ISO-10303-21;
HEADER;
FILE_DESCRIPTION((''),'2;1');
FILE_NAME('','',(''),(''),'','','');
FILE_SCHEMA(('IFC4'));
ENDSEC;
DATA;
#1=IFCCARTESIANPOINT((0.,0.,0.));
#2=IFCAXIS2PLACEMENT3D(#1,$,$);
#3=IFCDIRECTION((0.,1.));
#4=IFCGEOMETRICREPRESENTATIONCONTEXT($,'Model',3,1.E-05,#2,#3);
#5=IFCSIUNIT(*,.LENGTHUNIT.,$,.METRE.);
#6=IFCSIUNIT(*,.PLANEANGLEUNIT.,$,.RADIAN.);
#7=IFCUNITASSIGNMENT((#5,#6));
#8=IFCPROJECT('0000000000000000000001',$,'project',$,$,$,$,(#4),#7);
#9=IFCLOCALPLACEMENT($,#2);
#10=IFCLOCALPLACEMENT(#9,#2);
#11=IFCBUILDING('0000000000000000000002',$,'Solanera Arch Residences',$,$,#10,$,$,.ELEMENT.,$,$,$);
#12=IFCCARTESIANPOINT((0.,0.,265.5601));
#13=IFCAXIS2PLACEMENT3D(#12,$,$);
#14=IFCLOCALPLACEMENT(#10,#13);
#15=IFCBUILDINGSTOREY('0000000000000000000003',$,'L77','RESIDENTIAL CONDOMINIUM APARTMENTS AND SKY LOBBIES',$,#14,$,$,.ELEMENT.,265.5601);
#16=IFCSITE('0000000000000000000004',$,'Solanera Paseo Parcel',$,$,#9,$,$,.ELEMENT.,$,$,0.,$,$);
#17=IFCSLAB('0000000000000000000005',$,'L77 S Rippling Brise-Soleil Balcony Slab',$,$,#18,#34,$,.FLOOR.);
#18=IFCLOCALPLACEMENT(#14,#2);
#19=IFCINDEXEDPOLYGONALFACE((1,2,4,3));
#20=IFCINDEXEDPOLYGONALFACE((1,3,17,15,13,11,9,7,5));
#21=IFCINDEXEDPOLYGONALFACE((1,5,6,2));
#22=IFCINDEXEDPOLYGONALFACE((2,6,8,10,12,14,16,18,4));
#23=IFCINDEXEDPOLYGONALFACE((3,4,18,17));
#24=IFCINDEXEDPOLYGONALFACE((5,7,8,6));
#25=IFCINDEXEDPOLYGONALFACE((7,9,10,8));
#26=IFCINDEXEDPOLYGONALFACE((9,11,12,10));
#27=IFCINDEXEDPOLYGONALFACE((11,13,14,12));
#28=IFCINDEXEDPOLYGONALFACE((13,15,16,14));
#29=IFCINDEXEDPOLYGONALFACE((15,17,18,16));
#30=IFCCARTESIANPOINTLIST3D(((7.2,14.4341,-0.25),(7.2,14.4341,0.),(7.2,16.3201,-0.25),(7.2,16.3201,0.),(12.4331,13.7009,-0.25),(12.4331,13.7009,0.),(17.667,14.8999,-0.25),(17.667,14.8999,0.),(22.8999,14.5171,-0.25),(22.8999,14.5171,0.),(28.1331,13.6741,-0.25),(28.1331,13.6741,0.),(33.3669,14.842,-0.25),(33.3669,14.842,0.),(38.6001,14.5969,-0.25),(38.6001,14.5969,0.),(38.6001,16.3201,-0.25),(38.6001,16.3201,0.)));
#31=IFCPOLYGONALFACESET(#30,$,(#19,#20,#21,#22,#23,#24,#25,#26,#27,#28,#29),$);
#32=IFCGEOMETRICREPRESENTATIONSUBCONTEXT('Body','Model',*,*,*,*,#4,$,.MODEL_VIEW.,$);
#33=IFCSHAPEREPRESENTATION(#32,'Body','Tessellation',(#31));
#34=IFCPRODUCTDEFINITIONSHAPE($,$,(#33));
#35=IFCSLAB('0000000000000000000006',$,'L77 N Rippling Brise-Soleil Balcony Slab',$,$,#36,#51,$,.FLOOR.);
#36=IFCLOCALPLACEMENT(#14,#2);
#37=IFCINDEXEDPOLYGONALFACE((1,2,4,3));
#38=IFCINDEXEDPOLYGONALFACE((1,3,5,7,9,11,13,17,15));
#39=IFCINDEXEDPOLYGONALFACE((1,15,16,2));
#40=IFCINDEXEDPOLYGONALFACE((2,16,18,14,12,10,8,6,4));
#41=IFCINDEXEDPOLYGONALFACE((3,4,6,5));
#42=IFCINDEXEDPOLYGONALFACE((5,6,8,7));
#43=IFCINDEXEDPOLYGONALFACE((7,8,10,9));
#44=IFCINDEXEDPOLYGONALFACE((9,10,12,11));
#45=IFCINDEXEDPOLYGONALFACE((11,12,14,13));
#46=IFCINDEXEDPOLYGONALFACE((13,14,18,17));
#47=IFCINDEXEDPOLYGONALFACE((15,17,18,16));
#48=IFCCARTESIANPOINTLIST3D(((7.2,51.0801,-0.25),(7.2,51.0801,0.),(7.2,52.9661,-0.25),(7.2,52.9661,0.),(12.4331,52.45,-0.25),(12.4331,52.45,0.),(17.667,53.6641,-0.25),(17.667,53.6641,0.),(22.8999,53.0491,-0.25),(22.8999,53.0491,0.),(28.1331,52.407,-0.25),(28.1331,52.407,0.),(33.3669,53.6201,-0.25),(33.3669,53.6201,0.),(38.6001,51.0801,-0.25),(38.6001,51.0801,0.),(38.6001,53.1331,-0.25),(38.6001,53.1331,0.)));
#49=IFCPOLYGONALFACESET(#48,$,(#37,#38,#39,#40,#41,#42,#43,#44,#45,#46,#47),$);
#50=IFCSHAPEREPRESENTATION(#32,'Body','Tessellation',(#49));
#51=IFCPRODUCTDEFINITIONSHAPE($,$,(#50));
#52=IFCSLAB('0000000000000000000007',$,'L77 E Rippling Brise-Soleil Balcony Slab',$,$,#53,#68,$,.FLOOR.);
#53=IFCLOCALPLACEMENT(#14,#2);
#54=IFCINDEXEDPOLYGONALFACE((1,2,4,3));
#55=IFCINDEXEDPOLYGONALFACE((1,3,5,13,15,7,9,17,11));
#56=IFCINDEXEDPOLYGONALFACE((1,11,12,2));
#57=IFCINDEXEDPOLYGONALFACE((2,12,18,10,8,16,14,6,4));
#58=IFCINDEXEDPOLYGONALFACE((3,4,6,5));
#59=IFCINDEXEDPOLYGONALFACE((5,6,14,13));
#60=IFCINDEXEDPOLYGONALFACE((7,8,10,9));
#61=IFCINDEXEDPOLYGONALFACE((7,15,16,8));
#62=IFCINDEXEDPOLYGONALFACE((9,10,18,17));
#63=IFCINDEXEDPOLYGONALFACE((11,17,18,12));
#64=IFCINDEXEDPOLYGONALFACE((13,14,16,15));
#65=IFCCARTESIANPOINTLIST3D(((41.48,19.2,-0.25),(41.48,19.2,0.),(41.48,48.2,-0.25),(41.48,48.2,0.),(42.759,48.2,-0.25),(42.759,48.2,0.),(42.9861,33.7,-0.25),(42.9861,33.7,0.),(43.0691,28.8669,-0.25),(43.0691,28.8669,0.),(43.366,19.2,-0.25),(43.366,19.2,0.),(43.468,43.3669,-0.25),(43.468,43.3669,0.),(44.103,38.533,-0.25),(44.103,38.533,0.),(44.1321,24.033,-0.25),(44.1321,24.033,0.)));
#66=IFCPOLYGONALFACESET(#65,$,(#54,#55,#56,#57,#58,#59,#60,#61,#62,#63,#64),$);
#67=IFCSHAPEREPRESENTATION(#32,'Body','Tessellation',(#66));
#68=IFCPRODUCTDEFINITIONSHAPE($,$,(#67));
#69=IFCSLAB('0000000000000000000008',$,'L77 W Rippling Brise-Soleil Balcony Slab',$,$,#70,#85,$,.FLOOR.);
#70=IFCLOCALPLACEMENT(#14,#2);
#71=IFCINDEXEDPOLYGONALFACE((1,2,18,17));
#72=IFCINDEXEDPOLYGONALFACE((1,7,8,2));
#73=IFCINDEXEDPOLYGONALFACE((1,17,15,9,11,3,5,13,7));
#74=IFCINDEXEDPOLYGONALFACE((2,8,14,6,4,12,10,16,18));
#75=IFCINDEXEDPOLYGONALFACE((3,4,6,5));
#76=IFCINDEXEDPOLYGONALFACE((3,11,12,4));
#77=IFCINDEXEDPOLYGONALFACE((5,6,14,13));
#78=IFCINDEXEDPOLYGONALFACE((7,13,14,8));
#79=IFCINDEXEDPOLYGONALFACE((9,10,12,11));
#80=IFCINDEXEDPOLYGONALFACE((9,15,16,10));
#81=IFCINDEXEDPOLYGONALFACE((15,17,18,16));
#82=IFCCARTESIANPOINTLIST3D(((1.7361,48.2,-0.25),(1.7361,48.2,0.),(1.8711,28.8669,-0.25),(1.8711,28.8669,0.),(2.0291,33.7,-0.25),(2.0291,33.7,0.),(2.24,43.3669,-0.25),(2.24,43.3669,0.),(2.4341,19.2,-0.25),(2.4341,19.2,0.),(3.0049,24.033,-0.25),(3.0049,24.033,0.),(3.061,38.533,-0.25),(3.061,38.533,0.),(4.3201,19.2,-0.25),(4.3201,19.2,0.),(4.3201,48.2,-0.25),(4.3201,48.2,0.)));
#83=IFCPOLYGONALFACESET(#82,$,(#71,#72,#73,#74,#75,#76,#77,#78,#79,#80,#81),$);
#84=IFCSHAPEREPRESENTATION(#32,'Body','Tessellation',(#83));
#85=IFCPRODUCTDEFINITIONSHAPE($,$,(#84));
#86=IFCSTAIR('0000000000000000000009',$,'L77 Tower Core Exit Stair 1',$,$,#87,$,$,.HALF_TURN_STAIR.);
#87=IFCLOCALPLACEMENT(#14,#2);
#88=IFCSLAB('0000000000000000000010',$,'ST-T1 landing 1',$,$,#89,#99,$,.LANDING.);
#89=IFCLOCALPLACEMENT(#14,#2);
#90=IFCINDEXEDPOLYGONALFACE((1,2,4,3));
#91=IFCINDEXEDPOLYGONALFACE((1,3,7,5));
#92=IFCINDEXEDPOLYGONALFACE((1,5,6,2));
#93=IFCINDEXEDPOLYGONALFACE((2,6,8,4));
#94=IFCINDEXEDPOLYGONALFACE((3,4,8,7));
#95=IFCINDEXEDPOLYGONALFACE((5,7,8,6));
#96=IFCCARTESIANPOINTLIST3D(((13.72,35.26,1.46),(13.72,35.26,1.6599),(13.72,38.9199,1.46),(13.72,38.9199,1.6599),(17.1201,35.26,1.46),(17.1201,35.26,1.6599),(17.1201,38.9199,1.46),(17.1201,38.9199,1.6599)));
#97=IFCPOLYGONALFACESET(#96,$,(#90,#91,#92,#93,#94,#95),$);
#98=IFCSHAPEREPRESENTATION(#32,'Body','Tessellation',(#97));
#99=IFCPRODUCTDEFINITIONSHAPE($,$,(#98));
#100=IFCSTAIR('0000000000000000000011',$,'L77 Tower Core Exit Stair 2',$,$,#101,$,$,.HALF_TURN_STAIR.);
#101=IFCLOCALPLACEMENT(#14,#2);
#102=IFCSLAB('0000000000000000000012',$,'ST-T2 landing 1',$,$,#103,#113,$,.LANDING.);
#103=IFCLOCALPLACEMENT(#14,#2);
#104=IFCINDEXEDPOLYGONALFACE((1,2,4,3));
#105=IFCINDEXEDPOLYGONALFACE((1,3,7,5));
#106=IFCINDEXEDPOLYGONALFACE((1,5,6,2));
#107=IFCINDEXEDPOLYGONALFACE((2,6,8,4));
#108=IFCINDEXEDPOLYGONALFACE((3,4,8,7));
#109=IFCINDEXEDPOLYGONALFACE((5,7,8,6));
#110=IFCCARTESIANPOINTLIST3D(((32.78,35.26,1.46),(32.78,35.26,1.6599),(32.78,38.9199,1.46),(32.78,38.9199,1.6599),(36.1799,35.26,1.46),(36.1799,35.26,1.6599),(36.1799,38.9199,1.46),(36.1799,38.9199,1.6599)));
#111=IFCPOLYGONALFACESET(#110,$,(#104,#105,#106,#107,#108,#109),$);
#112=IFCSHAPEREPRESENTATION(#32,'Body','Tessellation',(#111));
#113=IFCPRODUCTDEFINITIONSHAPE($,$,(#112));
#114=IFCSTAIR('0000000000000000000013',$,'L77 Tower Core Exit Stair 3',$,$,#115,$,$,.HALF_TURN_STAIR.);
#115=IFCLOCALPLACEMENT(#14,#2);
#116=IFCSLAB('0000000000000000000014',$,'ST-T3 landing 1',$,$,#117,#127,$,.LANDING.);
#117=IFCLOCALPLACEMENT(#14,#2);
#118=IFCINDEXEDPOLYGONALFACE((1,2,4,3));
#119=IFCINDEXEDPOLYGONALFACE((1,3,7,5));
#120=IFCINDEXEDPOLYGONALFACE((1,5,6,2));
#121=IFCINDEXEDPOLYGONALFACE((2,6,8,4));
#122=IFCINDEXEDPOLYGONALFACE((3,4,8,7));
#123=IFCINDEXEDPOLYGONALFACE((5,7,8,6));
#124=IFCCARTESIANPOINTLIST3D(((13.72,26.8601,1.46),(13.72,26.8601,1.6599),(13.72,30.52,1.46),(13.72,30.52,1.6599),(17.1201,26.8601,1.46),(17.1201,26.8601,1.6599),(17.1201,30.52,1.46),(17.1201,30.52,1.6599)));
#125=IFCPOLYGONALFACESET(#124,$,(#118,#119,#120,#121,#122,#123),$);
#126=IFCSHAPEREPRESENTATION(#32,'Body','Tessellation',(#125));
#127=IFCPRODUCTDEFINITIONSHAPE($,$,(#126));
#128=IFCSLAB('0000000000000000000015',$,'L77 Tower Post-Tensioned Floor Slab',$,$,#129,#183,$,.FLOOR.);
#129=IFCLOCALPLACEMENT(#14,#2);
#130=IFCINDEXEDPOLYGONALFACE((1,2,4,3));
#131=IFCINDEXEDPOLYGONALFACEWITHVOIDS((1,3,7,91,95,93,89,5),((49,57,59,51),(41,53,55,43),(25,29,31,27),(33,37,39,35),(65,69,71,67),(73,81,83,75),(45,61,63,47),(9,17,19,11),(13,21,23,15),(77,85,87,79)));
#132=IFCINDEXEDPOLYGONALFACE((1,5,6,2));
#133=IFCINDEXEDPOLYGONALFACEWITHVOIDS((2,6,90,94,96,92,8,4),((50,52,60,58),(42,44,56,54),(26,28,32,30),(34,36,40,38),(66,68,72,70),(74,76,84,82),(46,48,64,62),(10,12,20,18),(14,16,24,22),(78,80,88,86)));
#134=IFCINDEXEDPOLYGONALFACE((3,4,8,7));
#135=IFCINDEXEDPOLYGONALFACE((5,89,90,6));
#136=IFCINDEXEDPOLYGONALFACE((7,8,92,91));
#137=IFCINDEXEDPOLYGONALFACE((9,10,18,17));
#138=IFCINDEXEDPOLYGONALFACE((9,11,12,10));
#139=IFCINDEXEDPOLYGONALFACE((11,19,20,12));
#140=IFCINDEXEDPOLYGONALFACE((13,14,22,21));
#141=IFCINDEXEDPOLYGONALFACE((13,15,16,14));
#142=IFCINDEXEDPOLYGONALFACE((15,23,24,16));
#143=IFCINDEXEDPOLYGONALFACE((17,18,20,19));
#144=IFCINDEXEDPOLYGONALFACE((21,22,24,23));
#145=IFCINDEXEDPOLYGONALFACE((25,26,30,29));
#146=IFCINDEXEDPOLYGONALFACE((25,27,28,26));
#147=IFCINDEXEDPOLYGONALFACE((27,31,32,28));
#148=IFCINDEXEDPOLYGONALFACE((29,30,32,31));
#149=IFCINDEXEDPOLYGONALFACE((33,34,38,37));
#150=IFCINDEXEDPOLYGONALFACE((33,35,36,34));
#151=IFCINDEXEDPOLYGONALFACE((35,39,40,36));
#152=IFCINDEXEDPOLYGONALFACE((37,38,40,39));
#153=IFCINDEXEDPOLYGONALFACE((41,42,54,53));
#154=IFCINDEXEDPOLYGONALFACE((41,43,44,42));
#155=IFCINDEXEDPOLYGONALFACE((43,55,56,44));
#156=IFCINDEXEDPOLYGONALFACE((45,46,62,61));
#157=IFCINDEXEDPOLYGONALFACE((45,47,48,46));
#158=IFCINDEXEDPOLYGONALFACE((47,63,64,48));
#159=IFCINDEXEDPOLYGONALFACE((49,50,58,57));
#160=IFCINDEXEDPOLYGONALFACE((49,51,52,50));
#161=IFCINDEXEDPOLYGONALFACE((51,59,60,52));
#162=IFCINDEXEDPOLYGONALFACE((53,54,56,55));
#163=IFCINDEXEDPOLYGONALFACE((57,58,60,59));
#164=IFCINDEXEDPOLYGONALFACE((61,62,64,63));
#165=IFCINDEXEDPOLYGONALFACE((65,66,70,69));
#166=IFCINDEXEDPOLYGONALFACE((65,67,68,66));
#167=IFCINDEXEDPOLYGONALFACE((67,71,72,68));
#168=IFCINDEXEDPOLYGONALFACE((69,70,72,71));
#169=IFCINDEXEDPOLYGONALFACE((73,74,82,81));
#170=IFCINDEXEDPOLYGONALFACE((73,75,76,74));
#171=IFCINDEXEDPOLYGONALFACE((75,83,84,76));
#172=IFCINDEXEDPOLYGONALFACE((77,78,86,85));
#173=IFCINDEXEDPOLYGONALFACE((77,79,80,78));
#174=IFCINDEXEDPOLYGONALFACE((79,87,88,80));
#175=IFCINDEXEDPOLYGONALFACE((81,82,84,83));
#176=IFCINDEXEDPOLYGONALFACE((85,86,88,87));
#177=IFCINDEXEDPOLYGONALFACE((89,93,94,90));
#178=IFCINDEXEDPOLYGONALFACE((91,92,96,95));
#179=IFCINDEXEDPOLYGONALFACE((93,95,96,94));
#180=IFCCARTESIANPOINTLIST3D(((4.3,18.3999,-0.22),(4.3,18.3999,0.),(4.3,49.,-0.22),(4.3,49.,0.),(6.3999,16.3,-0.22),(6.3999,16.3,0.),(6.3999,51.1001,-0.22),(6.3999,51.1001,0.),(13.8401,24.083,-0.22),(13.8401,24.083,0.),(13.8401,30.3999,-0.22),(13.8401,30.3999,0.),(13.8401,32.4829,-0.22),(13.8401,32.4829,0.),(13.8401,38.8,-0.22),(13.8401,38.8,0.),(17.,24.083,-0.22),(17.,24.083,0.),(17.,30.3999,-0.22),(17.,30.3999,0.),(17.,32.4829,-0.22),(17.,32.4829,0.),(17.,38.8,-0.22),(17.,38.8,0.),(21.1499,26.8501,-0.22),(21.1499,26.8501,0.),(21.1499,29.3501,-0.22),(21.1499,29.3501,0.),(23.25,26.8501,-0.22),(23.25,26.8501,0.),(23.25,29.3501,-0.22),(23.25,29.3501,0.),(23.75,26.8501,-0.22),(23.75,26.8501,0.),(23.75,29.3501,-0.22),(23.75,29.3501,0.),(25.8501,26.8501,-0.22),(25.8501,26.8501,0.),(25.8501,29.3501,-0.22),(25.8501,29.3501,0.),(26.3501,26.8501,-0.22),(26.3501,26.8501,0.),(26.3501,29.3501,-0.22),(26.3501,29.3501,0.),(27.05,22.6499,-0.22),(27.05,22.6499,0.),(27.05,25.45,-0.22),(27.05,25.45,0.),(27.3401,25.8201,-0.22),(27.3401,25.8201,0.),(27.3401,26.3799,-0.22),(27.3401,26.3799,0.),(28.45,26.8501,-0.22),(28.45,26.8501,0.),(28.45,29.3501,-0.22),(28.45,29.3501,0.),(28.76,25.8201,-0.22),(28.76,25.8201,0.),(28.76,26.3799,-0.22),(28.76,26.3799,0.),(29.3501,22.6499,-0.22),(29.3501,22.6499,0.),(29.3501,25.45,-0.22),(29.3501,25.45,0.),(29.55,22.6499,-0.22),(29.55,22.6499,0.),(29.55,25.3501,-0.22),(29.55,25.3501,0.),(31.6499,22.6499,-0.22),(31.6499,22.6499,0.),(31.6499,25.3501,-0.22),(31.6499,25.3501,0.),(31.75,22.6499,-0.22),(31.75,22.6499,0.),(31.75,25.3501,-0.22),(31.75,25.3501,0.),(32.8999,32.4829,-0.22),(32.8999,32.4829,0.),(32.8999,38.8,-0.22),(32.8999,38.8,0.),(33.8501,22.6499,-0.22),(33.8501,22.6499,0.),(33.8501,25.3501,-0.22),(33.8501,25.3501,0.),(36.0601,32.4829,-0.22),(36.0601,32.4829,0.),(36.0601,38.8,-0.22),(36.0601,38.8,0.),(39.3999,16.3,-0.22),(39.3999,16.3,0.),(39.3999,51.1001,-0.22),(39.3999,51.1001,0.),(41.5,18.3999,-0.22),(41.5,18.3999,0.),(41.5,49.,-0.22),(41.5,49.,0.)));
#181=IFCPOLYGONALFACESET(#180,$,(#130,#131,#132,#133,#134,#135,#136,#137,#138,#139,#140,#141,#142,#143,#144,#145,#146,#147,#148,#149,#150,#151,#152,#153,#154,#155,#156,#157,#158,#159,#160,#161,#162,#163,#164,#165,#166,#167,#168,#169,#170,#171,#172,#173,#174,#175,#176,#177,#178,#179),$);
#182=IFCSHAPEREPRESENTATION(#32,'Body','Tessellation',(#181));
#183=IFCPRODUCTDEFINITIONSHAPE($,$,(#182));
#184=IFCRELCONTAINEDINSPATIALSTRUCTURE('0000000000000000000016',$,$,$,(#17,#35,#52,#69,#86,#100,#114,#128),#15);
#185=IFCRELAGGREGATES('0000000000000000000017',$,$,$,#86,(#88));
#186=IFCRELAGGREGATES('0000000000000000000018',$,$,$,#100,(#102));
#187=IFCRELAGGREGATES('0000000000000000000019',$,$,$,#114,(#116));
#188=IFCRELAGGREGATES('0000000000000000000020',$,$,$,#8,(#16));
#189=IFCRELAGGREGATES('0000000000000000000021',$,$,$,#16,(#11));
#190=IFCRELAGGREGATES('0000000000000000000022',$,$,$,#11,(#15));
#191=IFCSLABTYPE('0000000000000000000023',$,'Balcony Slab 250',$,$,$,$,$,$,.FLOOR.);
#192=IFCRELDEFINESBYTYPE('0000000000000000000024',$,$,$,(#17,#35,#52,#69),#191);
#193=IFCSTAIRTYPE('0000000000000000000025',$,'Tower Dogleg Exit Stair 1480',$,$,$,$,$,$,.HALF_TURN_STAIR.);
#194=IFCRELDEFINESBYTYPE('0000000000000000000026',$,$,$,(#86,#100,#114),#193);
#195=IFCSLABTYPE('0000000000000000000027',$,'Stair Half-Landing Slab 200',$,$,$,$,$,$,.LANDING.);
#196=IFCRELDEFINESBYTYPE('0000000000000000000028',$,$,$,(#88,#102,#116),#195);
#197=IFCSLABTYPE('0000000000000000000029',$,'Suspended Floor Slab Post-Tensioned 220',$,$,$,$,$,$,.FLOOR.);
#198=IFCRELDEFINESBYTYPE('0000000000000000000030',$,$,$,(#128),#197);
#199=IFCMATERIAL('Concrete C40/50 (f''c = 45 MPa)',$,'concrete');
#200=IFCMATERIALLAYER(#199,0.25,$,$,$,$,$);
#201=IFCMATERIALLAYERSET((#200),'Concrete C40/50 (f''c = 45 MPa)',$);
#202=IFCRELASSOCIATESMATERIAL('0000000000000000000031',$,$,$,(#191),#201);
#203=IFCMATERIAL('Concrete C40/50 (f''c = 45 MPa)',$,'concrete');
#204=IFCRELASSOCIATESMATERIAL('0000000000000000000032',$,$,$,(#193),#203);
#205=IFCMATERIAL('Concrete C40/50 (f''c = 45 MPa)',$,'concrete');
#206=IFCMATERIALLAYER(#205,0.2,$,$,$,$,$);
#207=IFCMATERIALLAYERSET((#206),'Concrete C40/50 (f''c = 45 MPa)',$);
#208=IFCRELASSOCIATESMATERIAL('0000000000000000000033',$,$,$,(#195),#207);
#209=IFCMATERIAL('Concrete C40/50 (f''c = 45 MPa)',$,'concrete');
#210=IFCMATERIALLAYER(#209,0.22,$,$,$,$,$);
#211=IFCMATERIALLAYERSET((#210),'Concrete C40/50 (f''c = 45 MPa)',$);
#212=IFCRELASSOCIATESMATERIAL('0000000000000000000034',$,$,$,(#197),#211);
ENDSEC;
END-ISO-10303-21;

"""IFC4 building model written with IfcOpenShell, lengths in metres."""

from ifc_helpers import new_model, si_unit, direction, frame, origin, place, context, subcontext, project, spatial, polyline, outline, extrude, material, layer, layer_set, type_object, element, aggregate, save


model = new_model("IFC4")

# Units and contexts
model_context = context("Model", 3, precision=1e-05, world=origin(), true_north=direction((0.0, 1.0)))
body_context = subcontext(model_context, "Body", "Model", "MODEL_VIEW")
ifc_project = project(units=[si_unit("LENGTHUNIT", "METRE"), si_unit("PLANEANGLEUNIT", "RADIAN")], contexts=[model_context])

# Site, building, storey
site_placement = place(None, origin())
site = spatial("IfcSite", under=ifc_project, at=site_placement, Name="Solanera Paseo Parcel", CompositionType="ELEMENT", RefElevation=0.0)
building_placement = place(site_placement, origin())
building = spatial("IfcBuilding", under=site, at=building_placement, Name="Solanera Arch Residences", CompositionType="ELEMENT")
storey_placement = place(building_placement, frame((0.0, 0.0, 265.5601)))
storey = spatial("IfcBuildingStorey", under=building, at=storey_placement, Name="L77", Description="RESIDENTIAL CONDOMINIUM APARTMENTS AND SKY LOBBIES", CompositionType="ELEMENT", Elevation=265.5601)

# Slabs
ifc_material_1 = material(Name="Concrete C40/50 (f'c = 45 MPa)", Category="concrete")
ifc_layer_1 = layer(ifc_material_1, 0.25)
ifc_layer_set_1 = layer_set([ifc_layer_1], Name="Concrete C40/50 (f'c = 45 MPa)")
slab_type_1 = type_object("IfcSlabType", Name="Balcony Slab 250", PredefinedType="FLOOR", material=ifc_layer_set_1)
slab_1_placement = place(storey_placement, frame((0.0, 0.0, -0.25)))
element("IfcSlab", 1, at=slab_1_placement, inside=storey, type_object=slab_type_1, Name="L77 S Rippling Brise-Soleil Balcony Slab", PredefinedType="FLOOR", context=body_context, shape_type="SweptSolid", body=[
    extrude(outline(polyline([(7.2, 14.4341), (12.4331, 13.7009), (17.667, 14.8999), (22.8999, 14.5171), (28.1331, 13.6741), (33.3669, 14.842), (38.6001, 14.5969), (38.6001, 16.3201), (7.2, 16.3201), (7.2, 14.4341)])), origin(), (0.0, 0.0, 1.0), 0.25),
])
slab_2_placement = place(storey_placement, frame((0.0, 0.0, -0.25)))
element("IfcSlab", 2, at=slab_2_placement, inside=storey, type_object=slab_type_1, Name="L77 N Rippling Brise-Soleil Balcony Slab", PredefinedType="FLOOR", context=body_context, shape_type="SweptSolid", body=[
    extrude(outline(polyline([(38.6001, 53.1331), (33.3669, 53.6201), (28.1331, 52.407), (22.8999, 53.0491), (17.667, 53.6641), (12.4331, 52.45), (7.2, 52.9661), (7.2, 51.0801), (38.6001, 51.0801), (38.6001, 53.1331)])), origin(), (0.0, 0.0, 1.0), 0.25),
])
slab_3_placement = place(storey_placement, frame((0.0, 0.0, -0.25)))
element("IfcSlab", 3, at=slab_3_placement, inside=storey, type_object=slab_type_1, Name="L77 E Rippling Brise-Soleil Balcony Slab", PredefinedType="FLOOR", context=body_context, shape_type="SweptSolid", body=[
    extrude(outline(polyline([(43.366, 19.2), (44.1321, 24.033), (43.0691, 28.8669), (42.9861, 33.7), (44.103, 38.533), (43.468, 43.3669), (42.759, 48.2), (41.48, 48.2), (41.48, 19.2), (43.366, 19.2)])), origin(), (0.0, 0.0, 1.0), 0.25),
])
slab_4_placement = place(storey_placement, frame((0.0, 0.0, -0.25)))
element("IfcSlab", 4, at=slab_4_placement, inside=storey, type_object=slab_type_1, Name="L77 W Rippling Brise-Soleil Balcony Slab", PredefinedType="FLOOR", context=body_context, shape_type="SweptSolid", body=[
    extrude(outline(polyline([(1.7361, 48.2), (2.24, 43.3669), (3.061, 38.533), (2.0291, 33.7), (1.8711, 28.8669), (3.0049, 24.033), (2.4341, 19.2), (4.3201, 19.2), (4.3201, 48.2), (1.7361, 48.2)])), origin(), (0.0, 0.0, 1.0), 0.25),
])

# Stairs, slabs
ifc_material_2 = material(Name="Concrete C40/50 (f'c = 45 MPa)", Category="concrete")
stair_type = type_object("IfcStairType", Name="Tower Dogleg Exit Stair 1480", PredefinedType="HALF_TURN_STAIR", material=ifc_material_2)
stair_1_placement = place(storey_placement, origin())
stair_1 = element("IfcStair", 5, at=stair_1_placement, inside=storey, type_object=stair_type, Name="L77 Tower Core Exit Stair 1", PredefinedType="HALF_TURN_STAIR")
ifc_material_3 = material(Name="Concrete C40/50 (f'c = 45 MPa)", Category="concrete")
ifc_layer_2 = layer(ifc_material_3, 0.2)
ifc_layer_set_2 = layer_set([ifc_layer_2], Name="Concrete C40/50 (f'c = 45 MPa)")
slab_type_2 = type_object("IfcSlabType", Name="Stair Half-Landing Slab 200", PredefinedType="LANDING", material=ifc_layer_set_2)
slab_5_placement = place(storey_placement, frame((0.0, 0.0, 1.46)))
slab_5 = element("IfcSlab", 6, at=slab_5_placement, type_object=slab_type_2, Name="ST-T1 landing 1", PredefinedType="LANDING", context=body_context, shape_type="SweptSolid", body=[
    extrude(outline(polyline([(17.1201, 35.26), (17.1201, 38.9199), (13.72, 38.9199), (13.72, 35.26), (17.1201, 35.26)])), origin(), (0.0, 0.0, 1.0), 0.2),
])
aggregate(stair_1, [slab_5])
stair_2_placement = place(storey_placement, origin())
stair_2 = element("IfcStair", 7, at=stair_2_placement, inside=storey, type_object=stair_type, Name="L77 Tower Core Exit Stair 2", PredefinedType="HALF_TURN_STAIR")
slab_6_placement = place(storey_placement, frame((0.0, 0.0, 1.46)))
slab_6 = element("IfcSlab", 8, at=slab_6_placement, type_object=slab_type_2, Name="ST-T2 landing 1", PredefinedType="LANDING", context=body_context, shape_type="SweptSolid", body=[
    extrude(outline(polyline([(36.1799, 35.26), (36.1799, 38.9199), (32.78, 38.9199), (32.78, 35.26), (36.1799, 35.26)])), origin(), (0.0, 0.0, 1.0), 0.2),
])
aggregate(stair_2, [slab_6])
stair_3_placement = place(storey_placement, origin())
stair_3 = element("IfcStair", 9, at=stair_3_placement, inside=storey, type_object=stair_type, Name="L77 Tower Core Exit Stair 3", PredefinedType="HALF_TURN_STAIR")
slab_7_placement = place(storey_placement, frame((0.0, 0.0, 1.46)))
slab_7 = element("IfcSlab", 10, at=slab_7_placement, type_object=slab_type_2, Name="ST-T3 landing 1", PredefinedType="LANDING", context=body_context, shape_type="SweptSolid", body=[
    extrude(outline(polyline([(17.1201, 26.8601), (17.1201, 30.52), (13.72, 30.52), (13.72, 26.8601), (17.1201, 26.8601)])), origin(), (0.0, 0.0, 1.0), 0.2),
])
aggregate(stair_3, [slab_7])

# Slab
ifc_material_4 = material(Name="Concrete C40/50 (f'c = 45 MPa)", Category="concrete")
ifc_layer_3 = layer(ifc_material_4, 0.22)
ifc_layer_set_3 = layer_set([ifc_layer_3], Name="Concrete C40/50 (f'c = 45 MPa)")
slab_type_3 = type_object("IfcSlabType", Name="Suspended Floor Slab Post-Tensioned 220", PredefinedType="FLOOR", material=ifc_layer_set_3)
slab_8_placement = place(storey_placement, frame((0.0, 0.0, -0.22)))
element("IfcSlab", 11, at=slab_8_placement, inside=storey, type_object=slab_type_3, Name="L77 Tower Post-Tensioned Floor Slab", PredefinedType="FLOOR", context=body_context, shape_type="SweptSolid", body=[
    extrude(outline(polyline([(6.3999, 16.3), (39.3999, 16.3), (41.5, 18.3999), (41.5, 49.0), (39.3999, 51.1001), (6.3999, 51.1001), (4.3, 49.0), (4.3, 18.3999), (6.3999, 16.3)]), holes=[polyline([(13.8401, 32.4829), (13.8401, 38.8), (17.0, 38.8), (17.0, 32.4829), (13.8401, 32.4829)]), polyline([(32.8999, 32.4829), (32.8999, 38.8), (36.0601, 38.8), (36.0601, 32.4829), (32.8999, 32.4829)]), polyline([(13.8401, 24.083), (13.8401, 30.3999), (17.0, 30.3999), (17.0, 24.083), (13.8401, 24.083)]), polyline([(21.1499, 29.3501), (23.25, 29.3501), (23.25, 26.8501), (21.1499, 26.8501), (21.1499, 29.3501)]), polyline([(23.75, 29.3501), (25.8501, 29.3501), (25.8501, 26.8501), (23.75, 26.8501), (23.75, 29.3501)]), polyline([(26.3501, 29.3501), (28.45, 29.3501), (28.45, 26.8501), (26.3501, 26.8501), (26.3501, 29.3501)]), polyline([(29.55, 25.3501), (31.6499, 25.3501), (31.6499, 22.6499), (29.55, 22.6499), (29.55, 25.3501)]), polyline([(31.75, 25.3501), (33.8501, 25.3501), (33.8501, 22.6499), (31.75, 22.6499), (31.75, 25.3501)]), polyline([(27.05, 25.45), (29.3501, 25.45), (29.3501, 22.6499), (27.05, 22.6499), (27.05, 25.45)]), polyline([(27.3401, 26.3799), (28.76, 26.3799), (28.76, 25.8201), (27.3401, 25.8201), (27.3401, 26.3799)])]), origin(), (0.0, 0.0, 1.0), 0.22),
])

save(model, "model.ifc")
